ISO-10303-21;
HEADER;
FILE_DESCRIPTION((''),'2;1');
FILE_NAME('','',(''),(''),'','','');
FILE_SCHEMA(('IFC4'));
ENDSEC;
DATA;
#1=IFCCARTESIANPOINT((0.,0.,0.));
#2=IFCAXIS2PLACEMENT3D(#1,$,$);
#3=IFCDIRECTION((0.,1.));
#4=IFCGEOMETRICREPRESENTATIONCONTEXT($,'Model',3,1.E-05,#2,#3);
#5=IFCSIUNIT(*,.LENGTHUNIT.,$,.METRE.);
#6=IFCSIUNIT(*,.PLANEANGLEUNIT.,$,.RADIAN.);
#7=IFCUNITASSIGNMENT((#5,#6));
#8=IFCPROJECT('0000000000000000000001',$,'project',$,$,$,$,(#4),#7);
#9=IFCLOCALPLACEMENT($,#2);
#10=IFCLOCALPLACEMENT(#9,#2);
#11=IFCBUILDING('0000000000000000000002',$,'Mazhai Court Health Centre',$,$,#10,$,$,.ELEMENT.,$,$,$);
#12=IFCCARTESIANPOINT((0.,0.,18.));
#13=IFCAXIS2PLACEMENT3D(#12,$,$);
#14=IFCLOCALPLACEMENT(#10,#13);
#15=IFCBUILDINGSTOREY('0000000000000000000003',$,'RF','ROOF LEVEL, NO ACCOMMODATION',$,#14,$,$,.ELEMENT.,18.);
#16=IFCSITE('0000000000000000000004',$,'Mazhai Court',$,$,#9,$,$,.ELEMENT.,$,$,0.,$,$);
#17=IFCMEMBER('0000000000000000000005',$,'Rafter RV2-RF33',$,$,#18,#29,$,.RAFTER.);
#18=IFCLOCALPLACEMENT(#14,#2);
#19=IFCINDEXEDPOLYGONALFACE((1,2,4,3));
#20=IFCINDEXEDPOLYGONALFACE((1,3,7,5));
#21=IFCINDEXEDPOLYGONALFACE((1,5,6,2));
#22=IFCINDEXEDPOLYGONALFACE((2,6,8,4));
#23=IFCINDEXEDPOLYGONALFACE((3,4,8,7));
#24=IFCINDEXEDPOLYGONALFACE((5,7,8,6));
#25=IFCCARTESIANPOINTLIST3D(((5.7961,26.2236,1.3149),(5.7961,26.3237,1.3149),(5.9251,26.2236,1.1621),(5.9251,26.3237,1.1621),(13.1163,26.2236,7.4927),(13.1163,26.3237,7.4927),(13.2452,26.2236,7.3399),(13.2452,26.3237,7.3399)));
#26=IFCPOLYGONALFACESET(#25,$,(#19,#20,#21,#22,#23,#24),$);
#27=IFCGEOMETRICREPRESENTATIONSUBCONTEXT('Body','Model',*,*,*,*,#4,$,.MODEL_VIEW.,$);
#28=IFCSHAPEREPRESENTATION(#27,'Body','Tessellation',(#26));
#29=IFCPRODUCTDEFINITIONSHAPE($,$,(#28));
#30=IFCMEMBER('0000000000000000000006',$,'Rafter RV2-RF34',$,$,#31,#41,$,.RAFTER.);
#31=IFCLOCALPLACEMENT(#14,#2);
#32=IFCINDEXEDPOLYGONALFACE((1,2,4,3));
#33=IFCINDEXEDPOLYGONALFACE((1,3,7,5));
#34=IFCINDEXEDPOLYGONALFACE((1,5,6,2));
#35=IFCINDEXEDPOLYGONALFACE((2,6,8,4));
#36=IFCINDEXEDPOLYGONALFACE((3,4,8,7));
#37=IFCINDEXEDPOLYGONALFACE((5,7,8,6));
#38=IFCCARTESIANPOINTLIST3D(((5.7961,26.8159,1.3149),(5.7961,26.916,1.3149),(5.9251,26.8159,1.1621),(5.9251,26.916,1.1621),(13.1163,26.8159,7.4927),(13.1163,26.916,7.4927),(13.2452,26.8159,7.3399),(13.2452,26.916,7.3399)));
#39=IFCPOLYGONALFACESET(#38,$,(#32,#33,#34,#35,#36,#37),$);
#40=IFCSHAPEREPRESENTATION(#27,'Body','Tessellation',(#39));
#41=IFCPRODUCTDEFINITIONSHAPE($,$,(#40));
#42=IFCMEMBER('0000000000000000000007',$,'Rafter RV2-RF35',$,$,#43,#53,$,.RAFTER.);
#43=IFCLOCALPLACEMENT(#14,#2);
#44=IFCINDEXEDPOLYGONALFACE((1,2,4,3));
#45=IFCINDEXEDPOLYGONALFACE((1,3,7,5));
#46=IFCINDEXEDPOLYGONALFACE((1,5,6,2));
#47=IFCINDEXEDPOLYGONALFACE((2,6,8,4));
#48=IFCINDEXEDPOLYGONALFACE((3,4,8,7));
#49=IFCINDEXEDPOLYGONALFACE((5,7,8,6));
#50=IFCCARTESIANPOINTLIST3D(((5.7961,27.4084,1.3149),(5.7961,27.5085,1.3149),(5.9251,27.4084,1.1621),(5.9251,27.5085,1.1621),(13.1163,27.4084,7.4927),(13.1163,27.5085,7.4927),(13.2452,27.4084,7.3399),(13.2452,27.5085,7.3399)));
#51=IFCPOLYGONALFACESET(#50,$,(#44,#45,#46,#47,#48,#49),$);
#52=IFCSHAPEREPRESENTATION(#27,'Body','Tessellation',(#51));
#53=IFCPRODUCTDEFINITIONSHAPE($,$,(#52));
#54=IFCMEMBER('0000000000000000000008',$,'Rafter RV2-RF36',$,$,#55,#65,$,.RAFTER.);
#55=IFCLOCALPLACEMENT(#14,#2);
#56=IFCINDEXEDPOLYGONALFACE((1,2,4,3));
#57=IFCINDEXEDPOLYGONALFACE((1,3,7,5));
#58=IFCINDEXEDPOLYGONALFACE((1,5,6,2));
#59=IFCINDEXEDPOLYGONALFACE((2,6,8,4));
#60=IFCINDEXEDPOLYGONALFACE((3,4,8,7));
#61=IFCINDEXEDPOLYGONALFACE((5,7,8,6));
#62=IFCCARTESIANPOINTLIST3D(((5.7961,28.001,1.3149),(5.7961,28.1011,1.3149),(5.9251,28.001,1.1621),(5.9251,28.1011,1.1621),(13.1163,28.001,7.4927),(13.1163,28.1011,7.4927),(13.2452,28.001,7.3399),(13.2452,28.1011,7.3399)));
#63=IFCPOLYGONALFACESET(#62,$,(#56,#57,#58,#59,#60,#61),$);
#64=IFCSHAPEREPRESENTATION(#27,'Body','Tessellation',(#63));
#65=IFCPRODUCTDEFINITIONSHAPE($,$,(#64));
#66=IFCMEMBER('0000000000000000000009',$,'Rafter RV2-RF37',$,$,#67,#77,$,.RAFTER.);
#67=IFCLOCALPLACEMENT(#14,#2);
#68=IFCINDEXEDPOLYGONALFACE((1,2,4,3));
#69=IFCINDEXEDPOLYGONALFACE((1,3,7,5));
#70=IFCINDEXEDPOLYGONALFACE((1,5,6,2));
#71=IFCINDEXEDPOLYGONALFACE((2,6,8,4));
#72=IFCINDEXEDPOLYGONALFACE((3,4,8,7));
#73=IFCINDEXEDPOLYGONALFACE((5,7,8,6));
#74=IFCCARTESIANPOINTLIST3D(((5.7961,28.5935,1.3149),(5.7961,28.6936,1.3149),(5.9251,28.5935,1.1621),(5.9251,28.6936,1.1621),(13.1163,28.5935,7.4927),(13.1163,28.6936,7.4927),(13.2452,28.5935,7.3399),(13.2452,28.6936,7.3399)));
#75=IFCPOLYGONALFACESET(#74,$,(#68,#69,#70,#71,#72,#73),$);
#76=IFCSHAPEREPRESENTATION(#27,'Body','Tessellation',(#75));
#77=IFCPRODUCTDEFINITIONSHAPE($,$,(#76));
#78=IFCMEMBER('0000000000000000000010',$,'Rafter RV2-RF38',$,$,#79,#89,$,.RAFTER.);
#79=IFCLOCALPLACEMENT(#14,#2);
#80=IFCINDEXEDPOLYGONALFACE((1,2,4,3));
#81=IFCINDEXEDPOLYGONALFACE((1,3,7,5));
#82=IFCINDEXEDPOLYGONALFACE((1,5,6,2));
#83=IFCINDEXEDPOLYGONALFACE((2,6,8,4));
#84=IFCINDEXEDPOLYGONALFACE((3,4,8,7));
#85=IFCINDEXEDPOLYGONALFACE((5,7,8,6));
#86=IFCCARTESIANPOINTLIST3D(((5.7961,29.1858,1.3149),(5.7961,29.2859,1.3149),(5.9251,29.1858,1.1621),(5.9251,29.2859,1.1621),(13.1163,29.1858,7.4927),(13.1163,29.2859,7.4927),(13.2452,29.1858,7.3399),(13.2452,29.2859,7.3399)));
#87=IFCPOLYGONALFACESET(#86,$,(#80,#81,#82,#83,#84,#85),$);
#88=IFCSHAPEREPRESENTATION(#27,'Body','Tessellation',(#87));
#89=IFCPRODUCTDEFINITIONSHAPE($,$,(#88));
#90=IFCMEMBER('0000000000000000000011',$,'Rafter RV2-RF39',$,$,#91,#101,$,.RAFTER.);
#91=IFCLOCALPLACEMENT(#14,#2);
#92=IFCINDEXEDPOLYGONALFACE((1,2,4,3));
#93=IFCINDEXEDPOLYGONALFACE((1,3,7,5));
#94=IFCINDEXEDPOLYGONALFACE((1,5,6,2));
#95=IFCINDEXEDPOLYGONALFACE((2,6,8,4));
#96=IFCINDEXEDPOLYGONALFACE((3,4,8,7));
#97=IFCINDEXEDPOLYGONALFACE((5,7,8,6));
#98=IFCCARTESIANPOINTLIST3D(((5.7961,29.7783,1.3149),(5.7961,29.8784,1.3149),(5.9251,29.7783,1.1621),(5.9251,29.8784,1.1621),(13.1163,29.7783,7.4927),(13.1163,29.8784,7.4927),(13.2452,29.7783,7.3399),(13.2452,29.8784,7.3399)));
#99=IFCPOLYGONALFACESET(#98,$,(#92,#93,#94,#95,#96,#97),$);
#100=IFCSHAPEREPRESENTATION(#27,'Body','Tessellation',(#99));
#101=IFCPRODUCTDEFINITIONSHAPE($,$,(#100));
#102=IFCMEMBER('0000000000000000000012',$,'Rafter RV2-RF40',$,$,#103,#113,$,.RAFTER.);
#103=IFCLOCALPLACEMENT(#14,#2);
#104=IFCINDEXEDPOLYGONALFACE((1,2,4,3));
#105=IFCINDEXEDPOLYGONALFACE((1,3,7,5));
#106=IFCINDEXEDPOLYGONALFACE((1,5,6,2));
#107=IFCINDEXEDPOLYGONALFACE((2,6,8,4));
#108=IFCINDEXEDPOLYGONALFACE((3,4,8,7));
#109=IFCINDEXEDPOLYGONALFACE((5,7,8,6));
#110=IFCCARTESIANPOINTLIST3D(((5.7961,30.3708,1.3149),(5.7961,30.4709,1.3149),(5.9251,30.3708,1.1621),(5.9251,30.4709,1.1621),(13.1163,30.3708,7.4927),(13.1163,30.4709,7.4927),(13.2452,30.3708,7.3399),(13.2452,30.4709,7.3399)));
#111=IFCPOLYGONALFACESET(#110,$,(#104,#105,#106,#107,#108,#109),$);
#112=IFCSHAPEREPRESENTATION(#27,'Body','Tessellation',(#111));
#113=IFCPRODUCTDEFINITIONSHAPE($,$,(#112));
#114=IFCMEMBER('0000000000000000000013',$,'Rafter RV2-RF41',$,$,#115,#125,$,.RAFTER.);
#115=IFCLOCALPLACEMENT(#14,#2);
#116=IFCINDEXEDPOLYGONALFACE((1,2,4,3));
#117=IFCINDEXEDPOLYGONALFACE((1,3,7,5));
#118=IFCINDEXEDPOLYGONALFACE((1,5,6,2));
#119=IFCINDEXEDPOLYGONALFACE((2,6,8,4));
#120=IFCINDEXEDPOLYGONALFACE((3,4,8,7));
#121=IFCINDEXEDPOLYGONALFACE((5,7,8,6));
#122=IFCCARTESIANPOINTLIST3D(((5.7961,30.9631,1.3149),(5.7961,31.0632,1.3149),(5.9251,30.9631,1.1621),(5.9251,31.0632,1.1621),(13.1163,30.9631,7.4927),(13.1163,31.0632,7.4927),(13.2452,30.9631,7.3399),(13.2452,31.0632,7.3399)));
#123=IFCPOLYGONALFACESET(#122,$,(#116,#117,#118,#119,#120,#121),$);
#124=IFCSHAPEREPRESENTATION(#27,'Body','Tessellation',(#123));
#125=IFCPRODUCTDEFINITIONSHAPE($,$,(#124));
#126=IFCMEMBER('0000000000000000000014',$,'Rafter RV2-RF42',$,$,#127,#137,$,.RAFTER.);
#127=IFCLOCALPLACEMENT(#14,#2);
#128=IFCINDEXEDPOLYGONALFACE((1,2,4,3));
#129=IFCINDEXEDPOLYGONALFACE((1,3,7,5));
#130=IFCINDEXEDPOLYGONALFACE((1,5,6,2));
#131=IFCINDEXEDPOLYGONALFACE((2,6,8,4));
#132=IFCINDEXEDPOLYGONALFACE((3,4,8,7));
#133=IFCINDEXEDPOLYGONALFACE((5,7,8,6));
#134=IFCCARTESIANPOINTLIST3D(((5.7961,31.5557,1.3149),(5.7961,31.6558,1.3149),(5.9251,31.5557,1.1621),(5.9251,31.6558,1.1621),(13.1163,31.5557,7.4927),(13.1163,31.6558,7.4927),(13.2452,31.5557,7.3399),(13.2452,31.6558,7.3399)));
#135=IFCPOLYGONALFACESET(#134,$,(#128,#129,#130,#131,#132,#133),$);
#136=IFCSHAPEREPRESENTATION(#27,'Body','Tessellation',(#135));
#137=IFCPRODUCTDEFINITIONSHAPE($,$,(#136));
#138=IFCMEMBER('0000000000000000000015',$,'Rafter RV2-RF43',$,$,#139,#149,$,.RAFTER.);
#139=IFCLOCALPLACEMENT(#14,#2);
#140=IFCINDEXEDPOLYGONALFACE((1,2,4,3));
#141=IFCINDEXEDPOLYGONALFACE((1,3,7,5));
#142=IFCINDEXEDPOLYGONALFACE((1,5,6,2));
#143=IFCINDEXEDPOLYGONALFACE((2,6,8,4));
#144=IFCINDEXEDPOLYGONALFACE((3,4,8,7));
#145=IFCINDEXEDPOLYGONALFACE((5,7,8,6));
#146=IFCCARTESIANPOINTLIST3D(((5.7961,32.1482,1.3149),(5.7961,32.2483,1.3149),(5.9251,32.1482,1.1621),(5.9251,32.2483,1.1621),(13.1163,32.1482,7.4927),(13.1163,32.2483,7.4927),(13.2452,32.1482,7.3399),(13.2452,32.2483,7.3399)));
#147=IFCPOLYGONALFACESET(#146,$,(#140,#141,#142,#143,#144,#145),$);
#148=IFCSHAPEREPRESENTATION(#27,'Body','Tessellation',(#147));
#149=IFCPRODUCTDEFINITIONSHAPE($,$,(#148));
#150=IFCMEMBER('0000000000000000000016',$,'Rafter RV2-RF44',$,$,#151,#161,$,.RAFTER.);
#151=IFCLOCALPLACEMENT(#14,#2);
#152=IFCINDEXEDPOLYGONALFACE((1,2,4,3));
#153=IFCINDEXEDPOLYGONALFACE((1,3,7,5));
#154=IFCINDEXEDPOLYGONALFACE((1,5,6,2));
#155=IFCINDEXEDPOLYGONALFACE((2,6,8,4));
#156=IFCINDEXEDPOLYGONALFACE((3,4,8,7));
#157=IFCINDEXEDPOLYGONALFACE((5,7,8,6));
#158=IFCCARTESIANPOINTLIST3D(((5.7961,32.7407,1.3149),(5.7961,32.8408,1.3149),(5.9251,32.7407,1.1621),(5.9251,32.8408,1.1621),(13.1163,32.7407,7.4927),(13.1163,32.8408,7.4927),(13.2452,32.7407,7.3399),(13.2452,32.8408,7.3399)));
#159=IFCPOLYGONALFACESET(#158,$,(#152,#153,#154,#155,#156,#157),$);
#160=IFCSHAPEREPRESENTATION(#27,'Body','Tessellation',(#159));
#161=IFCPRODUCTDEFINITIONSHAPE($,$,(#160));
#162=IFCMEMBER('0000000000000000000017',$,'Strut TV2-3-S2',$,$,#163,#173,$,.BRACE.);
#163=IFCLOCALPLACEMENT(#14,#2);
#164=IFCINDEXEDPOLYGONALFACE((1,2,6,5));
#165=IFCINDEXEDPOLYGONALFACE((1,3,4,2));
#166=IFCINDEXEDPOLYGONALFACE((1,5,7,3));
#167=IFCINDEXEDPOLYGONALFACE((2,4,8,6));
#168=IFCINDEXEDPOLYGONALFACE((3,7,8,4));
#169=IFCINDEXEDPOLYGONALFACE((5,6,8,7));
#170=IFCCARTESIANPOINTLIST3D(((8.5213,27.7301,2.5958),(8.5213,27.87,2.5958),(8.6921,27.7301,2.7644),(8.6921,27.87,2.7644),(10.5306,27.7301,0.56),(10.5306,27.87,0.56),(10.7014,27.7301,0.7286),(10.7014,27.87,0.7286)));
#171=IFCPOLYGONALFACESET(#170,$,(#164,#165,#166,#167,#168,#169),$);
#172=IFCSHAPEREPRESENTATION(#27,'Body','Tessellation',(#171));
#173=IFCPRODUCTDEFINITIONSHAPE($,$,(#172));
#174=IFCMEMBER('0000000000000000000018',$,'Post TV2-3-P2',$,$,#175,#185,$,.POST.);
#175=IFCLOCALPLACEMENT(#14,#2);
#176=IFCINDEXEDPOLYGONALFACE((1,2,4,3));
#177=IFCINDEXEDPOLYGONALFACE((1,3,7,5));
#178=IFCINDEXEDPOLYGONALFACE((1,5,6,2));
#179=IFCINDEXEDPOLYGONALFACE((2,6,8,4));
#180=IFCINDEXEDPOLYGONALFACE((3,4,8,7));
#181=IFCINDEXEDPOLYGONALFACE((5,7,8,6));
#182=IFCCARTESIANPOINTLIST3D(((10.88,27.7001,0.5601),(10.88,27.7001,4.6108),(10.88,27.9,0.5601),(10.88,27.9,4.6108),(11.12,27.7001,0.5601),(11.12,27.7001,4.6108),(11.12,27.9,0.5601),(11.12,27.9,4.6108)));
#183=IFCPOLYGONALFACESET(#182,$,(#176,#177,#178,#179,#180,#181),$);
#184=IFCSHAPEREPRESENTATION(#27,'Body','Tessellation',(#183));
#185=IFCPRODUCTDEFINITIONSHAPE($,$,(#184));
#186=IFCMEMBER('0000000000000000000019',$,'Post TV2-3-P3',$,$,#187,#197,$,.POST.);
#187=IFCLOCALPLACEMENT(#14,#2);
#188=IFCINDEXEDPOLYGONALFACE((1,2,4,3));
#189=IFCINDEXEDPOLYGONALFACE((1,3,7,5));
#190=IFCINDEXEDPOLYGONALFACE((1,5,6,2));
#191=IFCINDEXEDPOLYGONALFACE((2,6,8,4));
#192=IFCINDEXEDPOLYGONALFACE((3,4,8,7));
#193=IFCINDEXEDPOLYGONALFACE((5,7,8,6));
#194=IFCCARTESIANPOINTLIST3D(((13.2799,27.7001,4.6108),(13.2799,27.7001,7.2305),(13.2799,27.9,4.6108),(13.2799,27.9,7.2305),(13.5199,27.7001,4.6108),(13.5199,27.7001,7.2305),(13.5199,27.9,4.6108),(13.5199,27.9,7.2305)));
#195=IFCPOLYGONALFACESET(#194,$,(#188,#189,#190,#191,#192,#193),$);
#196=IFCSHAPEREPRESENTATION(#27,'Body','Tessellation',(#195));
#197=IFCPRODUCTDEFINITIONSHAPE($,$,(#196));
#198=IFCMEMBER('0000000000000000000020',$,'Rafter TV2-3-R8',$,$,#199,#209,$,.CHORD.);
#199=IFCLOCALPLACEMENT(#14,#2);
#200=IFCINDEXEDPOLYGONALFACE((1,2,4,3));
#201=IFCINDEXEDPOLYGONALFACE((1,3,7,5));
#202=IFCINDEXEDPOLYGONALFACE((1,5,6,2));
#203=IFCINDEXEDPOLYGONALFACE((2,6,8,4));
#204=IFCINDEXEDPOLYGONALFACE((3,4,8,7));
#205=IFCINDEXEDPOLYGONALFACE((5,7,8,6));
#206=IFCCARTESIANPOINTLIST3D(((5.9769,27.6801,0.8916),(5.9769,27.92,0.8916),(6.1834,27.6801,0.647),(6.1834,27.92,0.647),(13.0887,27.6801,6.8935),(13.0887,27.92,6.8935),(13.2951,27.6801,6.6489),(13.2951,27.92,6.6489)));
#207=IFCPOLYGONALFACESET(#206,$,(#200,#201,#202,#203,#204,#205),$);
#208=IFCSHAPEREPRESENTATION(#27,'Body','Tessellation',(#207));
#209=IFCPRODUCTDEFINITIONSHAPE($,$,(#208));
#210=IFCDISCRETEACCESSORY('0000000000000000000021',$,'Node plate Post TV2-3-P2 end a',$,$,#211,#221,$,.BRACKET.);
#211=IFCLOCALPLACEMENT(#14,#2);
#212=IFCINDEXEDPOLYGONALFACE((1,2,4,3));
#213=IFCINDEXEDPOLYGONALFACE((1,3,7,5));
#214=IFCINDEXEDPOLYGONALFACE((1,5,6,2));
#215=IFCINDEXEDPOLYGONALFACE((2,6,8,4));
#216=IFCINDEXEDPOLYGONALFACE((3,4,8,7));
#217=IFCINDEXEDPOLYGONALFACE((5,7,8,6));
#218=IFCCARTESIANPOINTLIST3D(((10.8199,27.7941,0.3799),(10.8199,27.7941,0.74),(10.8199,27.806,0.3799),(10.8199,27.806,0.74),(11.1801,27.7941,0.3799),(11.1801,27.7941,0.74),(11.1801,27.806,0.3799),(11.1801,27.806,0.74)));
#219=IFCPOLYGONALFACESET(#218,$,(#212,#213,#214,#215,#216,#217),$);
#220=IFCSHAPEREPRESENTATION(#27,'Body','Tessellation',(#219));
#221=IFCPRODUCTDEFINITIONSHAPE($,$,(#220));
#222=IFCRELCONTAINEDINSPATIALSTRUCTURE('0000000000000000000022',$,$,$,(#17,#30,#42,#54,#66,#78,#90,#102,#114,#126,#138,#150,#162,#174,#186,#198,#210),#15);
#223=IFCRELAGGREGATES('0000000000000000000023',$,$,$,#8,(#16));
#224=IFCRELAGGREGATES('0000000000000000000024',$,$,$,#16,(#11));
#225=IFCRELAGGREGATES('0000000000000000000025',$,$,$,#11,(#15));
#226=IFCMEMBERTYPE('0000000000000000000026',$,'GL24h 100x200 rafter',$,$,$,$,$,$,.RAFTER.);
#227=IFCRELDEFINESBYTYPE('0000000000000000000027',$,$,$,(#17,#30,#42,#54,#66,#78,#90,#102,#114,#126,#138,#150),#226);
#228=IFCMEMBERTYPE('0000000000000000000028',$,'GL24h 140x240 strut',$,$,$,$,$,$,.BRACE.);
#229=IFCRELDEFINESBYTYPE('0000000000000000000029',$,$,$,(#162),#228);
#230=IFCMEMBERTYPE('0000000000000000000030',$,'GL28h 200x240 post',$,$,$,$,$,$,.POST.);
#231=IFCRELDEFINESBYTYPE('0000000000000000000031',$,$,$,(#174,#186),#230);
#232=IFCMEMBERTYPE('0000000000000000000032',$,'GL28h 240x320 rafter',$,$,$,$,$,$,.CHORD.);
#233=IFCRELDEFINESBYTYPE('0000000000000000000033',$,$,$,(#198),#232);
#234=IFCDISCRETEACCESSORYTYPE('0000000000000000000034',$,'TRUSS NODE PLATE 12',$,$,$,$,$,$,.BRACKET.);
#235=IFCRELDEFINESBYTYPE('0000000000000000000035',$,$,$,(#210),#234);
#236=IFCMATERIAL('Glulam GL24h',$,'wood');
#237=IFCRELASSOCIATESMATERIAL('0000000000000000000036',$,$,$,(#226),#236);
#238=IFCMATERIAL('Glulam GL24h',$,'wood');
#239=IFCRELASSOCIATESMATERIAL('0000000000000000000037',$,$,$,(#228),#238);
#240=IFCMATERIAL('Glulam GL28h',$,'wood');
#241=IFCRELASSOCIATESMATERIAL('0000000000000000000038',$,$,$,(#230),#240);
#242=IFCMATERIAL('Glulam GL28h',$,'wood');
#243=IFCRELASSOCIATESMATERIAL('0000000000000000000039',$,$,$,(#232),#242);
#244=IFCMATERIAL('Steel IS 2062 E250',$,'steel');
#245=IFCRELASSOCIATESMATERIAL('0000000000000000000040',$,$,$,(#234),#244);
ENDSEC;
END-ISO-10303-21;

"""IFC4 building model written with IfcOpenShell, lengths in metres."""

from ifc_helpers import new_model, si_unit, direction, frame, origin, origin_2d, place, context, subcontext, project, spatial, rectangle, extrude, material, material_profile, profile_set, type_object, element, save


model = new_model("IFC4")

# Units and contexts
model_context = context("Model", 3, precision=1e-05, world=origin(), true_north=direction((0.0, 1.0)))
body_context = subcontext(model_context, "Body", "Model", "MODEL_VIEW")
ifc_project = project(units=[si_unit("LENGTHUNIT", "METRE"), si_unit("PLANEANGLEUNIT", "RADIAN")], contexts=[model_context])

# Site, building, storey
site_placement = place(None, origin())
site = spatial("IfcSite", under=ifc_project, at=site_placement, Name="Mazhai Court", CompositionType="ELEMENT", RefElevation=0.0)
building_placement = place(site_placement, origin())
building = spatial("IfcBuilding", under=site, at=building_placement, Name="Mazhai Court Health Centre", CompositionType="ELEMENT")
storey_placement = place(building_placement, frame((0.0, 0.0, 18.0)))
storey = spatial("IfcBuildingStorey", under=building, at=storey_placement, Name="RF", Description="ROOF LEVEL, NO ACCOMMODATION", CompositionType="ELEMENT", Elevation=18.0)

# Members
ifc_material_1 = material(Name="Glulam GL24h", Category="wood")
ifc_material_profile_1 = material_profile(ifc_material_1, rectangle(XDim=0.1001, YDim=0.2, at=origin_2d()), Name="GL24h 100x200")
ifc_profile_set_1 = profile_set([ifc_material_profile_1], Name="Glulam GL24h")
member_type_1 = type_object("IfcMemberType", Name="GL24h 100x200 rafter", PredefinedType="RAFTER", material=ifc_profile_set_1)
for number, where, z_axis, x_axis, name in (
    (1, (5.8606, 26.2737, 1.2385), (0.764218, 0.0, 0.644958), (0.0, 1.0, 0.0), "Rafter RV2-RF33"),
    (2, (5.8606, 26.866, 1.2385), (0.764218, 0.0, 0.644958), (0.0, 1.0, 0.0), "Rafter RV2-RF34"),
    (3, (5.8606, 27.4585, 1.2385), (0.764218, 0.0, 0.644958), (0.0, 1.0, 0.0), "Rafter RV2-RF35"),
    (4, (5.8606, 28.051, 1.2385), (0.764218, 0.0, 0.644958), (0.0, 1.0, 0.0), "Rafter RV2-RF36"),
    (5, (5.8606, 28.6436, 1.2385), (0.764218, 0.0, 0.644958), (0.0, 1.0, 0.0), "Rafter RV2-RF37"),
    (6, (5.8606, 29.2358, 1.2385), (0.764218, 0.0, 0.644958), (0.0, 1.0, 0.0), "Rafter RV2-RF38"),
    (7, (5.8606, 29.8284, 1.2385), (0.764218, 0.0, 0.644958), (0.0, 1.0, 0.0), "Rafter RV2-RF39"),
    (8, (5.8606, 30.4209, 1.2385), (0.764218, 0.0, 0.644958), (0.0, 1.0, 0.0), "Rafter RV2-RF40"),
    (9, (5.8606, 31.0132, 1.2385), (0.764218, 0.0, 0.644958), (0.0, 1.0, 0.0), "Rafter RV2-RF41"),
    (10, (5.8606, 31.6057, 1.2385), (0.764218, 0.0, 0.644958), (0.0, 1.0, 0.0), "Rafter RV2-RF42"),
    (11, (5.8606, 32.1982, 1.2385), (0.764218, 0.0, 0.644958), (0.0, 1.0, 0.0), "Rafter RV2-RF43"),
    (12, (5.8606, 32.7908, 1.2385), (0.764218, 0.0, 0.644958), (0.0, 1.0, 0.0), "Rafter RV2-RF44"),
):
    element("IfcMember", number, at=place(storey_placement, frame(where, z_axis=z_axis, x_axis=x_axis)), inside=storey, type_object=member_type_1, Name=name, PredefinedType="RAFTER", context=body_context, shape_type="SweptSolid", body=[
        extrude(rectangle(XDim=0.1001, YDim=0.2, at=origin_2d()), origin(), (0.0, 0.0, 1.0), 9.5786),
    ])
ifc_material_2 = material(Name="Glulam GL24h", Category="wood")
ifc_material_profile_2 = material_profile(ifc_material_2, rectangle(XDim=0.1399, YDim=0.24, at=origin_2d()), Name="GL24h 140x240")
ifc_profile_set_2 = profile_set([ifc_material_profile_2], Name="Glulam GL24h")
member_type_2 = type_object("IfcMemberType", Name="GL24h 140x240 strut", PredefinedType="BRACE", material=ifc_profile_set_2)
member_1_placement = place(storey_placement, frame((10.616, 27.8, 0.6443), z_axis=(-0.70244, 0.0, 0.711743), x_axis=(0.0, -1.0, 0.0)))
element("IfcMember", 13, at=member_1_placement, inside=storey, type_object=member_type_2, Name="Strut TV2-3-S2", PredefinedType="BRACE", context=body_context, shape_type="SweptSolid", body=[
    extrude(rectangle(XDim=0.1399, YDim=0.24, at=origin_2d()), origin(), (0.0, 0.0, 1.0), 2.8604),
])
ifc_material_3 = material(Name="Glulam GL28h", Category="wood")
ifc_material_profile_3 = material_profile(ifc_material_3, rectangle(XDim=0.2, YDim=0.24, at=origin_2d()), Name="GL28h 200x240")
ifc_profile_set_3 = profile_set([ifc_material_profile_3], Name="Glulam GL28h")
member_type_3 = type_object("IfcMemberType", Name="GL28h 200x240 post", PredefinedType="POST", material=ifc_profile_set_3)
member_2_placement = place(storey_placement, frame((11.0, 27.8, 0.5601), z_axis=(0.0, 0.0, 1.0), x_axis=(0.0, 1.0, 0.0)))
element("IfcMember", 14, at=member_2_placement, inside=storey, type_object=member_type_3, Name="Post TV2-3-P2", PredefinedType="POST", context=body_context, shape_type="SweptSolid", body=[
    extrude(rectangle(XDim=0.2, YDim=0.24, at=origin_2d()), origin(), (0.0, 0.0, 1.0), 4.0508),
])
member_3_placement = place(storey_placement, frame((13.3999, 27.8, 4.6108), z_axis=(0.0, 0.0, 1.0), x_axis=(0.0, 1.0, 0.0)))
element("IfcMember", 15, at=member_3_placement, inside=storey, type_object=member_type_3, Name="Post TV2-3-P3", PredefinedType="POST", context=body_context, shape_type="SweptSolid", body=[
    extrude(rectangle(XDim=0.2, YDim=0.24, at=origin_2d()), origin(), (0.0, 0.0, 1.0), 2.6196),
])
ifc_material_4 = material(Name="Glulam GL28h", Category="wood")
ifc_material_profile_4 = material_profile(ifc_material_4, rectangle(XDim=0.24, YDim=0.3201, at=origin_2d()), Name="GL28h 240x320")
ifc_profile_set_4 = profile_set([ifc_material_profile_4], Name="Glulam GL28h")
member_type_4 = type_object("IfcMemberType", Name="GL28h 240x320 rafter", PredefinedType="CHORD", material=ifc_profile_set_4)
member_4_placement = place(storey_placement, frame((13.1919, 27.8, 6.7712), z_axis=(-0.76422, 0.0, -0.644956), x_axis=(0.0, -1.0, 0.0)))
element("IfcMember", 16, at=member_4_placement, inside=storey, type_object=member_type_4, Name="Rafter TV2-3-R8", PredefinedType="CHORD", context=body_context, shape_type="SweptSolid", body=[
    extrude(rectangle(XDim=0.24, YDim=0.3201, at=origin_2d()), origin(), (0.0, 0.0, 1.0), 9.3059),
])

# Discrete accessory
ifc_material_5 = material(Name="Steel IS 2062 E250", Category="steel")
discrete_accessory_type = type_object("IfcDiscreteAccessoryType", Name="TRUSS NODE PLATE 12", PredefinedType="BRACKET", material=ifc_material_5)
for number, where, z_axis, x_axis, name in (
    (17, (11.0, 27.8, 0.3799), (0.0, 0.0, 1.0), (1.0, 0.0, 0.0), "Node plate Post TV2-3-P2 end a"),
):
    element("IfcDiscreteAccessory", number, at=place(storey_placement, frame(where, z_axis=z_axis, x_axis=x_axis)), inside=storey, type_object=discrete_accessory_type, Name=name, PredefinedType="BRACKET", context=body_context, shape_type="SweptSolid", body=[
        extrude(rectangle(XDim=0.3601, YDim=0.012, at=origin_2d()), origin(), (0.0, 0.0, 1.0), 0.3601),
    ])

save(model, "model.ifc")
